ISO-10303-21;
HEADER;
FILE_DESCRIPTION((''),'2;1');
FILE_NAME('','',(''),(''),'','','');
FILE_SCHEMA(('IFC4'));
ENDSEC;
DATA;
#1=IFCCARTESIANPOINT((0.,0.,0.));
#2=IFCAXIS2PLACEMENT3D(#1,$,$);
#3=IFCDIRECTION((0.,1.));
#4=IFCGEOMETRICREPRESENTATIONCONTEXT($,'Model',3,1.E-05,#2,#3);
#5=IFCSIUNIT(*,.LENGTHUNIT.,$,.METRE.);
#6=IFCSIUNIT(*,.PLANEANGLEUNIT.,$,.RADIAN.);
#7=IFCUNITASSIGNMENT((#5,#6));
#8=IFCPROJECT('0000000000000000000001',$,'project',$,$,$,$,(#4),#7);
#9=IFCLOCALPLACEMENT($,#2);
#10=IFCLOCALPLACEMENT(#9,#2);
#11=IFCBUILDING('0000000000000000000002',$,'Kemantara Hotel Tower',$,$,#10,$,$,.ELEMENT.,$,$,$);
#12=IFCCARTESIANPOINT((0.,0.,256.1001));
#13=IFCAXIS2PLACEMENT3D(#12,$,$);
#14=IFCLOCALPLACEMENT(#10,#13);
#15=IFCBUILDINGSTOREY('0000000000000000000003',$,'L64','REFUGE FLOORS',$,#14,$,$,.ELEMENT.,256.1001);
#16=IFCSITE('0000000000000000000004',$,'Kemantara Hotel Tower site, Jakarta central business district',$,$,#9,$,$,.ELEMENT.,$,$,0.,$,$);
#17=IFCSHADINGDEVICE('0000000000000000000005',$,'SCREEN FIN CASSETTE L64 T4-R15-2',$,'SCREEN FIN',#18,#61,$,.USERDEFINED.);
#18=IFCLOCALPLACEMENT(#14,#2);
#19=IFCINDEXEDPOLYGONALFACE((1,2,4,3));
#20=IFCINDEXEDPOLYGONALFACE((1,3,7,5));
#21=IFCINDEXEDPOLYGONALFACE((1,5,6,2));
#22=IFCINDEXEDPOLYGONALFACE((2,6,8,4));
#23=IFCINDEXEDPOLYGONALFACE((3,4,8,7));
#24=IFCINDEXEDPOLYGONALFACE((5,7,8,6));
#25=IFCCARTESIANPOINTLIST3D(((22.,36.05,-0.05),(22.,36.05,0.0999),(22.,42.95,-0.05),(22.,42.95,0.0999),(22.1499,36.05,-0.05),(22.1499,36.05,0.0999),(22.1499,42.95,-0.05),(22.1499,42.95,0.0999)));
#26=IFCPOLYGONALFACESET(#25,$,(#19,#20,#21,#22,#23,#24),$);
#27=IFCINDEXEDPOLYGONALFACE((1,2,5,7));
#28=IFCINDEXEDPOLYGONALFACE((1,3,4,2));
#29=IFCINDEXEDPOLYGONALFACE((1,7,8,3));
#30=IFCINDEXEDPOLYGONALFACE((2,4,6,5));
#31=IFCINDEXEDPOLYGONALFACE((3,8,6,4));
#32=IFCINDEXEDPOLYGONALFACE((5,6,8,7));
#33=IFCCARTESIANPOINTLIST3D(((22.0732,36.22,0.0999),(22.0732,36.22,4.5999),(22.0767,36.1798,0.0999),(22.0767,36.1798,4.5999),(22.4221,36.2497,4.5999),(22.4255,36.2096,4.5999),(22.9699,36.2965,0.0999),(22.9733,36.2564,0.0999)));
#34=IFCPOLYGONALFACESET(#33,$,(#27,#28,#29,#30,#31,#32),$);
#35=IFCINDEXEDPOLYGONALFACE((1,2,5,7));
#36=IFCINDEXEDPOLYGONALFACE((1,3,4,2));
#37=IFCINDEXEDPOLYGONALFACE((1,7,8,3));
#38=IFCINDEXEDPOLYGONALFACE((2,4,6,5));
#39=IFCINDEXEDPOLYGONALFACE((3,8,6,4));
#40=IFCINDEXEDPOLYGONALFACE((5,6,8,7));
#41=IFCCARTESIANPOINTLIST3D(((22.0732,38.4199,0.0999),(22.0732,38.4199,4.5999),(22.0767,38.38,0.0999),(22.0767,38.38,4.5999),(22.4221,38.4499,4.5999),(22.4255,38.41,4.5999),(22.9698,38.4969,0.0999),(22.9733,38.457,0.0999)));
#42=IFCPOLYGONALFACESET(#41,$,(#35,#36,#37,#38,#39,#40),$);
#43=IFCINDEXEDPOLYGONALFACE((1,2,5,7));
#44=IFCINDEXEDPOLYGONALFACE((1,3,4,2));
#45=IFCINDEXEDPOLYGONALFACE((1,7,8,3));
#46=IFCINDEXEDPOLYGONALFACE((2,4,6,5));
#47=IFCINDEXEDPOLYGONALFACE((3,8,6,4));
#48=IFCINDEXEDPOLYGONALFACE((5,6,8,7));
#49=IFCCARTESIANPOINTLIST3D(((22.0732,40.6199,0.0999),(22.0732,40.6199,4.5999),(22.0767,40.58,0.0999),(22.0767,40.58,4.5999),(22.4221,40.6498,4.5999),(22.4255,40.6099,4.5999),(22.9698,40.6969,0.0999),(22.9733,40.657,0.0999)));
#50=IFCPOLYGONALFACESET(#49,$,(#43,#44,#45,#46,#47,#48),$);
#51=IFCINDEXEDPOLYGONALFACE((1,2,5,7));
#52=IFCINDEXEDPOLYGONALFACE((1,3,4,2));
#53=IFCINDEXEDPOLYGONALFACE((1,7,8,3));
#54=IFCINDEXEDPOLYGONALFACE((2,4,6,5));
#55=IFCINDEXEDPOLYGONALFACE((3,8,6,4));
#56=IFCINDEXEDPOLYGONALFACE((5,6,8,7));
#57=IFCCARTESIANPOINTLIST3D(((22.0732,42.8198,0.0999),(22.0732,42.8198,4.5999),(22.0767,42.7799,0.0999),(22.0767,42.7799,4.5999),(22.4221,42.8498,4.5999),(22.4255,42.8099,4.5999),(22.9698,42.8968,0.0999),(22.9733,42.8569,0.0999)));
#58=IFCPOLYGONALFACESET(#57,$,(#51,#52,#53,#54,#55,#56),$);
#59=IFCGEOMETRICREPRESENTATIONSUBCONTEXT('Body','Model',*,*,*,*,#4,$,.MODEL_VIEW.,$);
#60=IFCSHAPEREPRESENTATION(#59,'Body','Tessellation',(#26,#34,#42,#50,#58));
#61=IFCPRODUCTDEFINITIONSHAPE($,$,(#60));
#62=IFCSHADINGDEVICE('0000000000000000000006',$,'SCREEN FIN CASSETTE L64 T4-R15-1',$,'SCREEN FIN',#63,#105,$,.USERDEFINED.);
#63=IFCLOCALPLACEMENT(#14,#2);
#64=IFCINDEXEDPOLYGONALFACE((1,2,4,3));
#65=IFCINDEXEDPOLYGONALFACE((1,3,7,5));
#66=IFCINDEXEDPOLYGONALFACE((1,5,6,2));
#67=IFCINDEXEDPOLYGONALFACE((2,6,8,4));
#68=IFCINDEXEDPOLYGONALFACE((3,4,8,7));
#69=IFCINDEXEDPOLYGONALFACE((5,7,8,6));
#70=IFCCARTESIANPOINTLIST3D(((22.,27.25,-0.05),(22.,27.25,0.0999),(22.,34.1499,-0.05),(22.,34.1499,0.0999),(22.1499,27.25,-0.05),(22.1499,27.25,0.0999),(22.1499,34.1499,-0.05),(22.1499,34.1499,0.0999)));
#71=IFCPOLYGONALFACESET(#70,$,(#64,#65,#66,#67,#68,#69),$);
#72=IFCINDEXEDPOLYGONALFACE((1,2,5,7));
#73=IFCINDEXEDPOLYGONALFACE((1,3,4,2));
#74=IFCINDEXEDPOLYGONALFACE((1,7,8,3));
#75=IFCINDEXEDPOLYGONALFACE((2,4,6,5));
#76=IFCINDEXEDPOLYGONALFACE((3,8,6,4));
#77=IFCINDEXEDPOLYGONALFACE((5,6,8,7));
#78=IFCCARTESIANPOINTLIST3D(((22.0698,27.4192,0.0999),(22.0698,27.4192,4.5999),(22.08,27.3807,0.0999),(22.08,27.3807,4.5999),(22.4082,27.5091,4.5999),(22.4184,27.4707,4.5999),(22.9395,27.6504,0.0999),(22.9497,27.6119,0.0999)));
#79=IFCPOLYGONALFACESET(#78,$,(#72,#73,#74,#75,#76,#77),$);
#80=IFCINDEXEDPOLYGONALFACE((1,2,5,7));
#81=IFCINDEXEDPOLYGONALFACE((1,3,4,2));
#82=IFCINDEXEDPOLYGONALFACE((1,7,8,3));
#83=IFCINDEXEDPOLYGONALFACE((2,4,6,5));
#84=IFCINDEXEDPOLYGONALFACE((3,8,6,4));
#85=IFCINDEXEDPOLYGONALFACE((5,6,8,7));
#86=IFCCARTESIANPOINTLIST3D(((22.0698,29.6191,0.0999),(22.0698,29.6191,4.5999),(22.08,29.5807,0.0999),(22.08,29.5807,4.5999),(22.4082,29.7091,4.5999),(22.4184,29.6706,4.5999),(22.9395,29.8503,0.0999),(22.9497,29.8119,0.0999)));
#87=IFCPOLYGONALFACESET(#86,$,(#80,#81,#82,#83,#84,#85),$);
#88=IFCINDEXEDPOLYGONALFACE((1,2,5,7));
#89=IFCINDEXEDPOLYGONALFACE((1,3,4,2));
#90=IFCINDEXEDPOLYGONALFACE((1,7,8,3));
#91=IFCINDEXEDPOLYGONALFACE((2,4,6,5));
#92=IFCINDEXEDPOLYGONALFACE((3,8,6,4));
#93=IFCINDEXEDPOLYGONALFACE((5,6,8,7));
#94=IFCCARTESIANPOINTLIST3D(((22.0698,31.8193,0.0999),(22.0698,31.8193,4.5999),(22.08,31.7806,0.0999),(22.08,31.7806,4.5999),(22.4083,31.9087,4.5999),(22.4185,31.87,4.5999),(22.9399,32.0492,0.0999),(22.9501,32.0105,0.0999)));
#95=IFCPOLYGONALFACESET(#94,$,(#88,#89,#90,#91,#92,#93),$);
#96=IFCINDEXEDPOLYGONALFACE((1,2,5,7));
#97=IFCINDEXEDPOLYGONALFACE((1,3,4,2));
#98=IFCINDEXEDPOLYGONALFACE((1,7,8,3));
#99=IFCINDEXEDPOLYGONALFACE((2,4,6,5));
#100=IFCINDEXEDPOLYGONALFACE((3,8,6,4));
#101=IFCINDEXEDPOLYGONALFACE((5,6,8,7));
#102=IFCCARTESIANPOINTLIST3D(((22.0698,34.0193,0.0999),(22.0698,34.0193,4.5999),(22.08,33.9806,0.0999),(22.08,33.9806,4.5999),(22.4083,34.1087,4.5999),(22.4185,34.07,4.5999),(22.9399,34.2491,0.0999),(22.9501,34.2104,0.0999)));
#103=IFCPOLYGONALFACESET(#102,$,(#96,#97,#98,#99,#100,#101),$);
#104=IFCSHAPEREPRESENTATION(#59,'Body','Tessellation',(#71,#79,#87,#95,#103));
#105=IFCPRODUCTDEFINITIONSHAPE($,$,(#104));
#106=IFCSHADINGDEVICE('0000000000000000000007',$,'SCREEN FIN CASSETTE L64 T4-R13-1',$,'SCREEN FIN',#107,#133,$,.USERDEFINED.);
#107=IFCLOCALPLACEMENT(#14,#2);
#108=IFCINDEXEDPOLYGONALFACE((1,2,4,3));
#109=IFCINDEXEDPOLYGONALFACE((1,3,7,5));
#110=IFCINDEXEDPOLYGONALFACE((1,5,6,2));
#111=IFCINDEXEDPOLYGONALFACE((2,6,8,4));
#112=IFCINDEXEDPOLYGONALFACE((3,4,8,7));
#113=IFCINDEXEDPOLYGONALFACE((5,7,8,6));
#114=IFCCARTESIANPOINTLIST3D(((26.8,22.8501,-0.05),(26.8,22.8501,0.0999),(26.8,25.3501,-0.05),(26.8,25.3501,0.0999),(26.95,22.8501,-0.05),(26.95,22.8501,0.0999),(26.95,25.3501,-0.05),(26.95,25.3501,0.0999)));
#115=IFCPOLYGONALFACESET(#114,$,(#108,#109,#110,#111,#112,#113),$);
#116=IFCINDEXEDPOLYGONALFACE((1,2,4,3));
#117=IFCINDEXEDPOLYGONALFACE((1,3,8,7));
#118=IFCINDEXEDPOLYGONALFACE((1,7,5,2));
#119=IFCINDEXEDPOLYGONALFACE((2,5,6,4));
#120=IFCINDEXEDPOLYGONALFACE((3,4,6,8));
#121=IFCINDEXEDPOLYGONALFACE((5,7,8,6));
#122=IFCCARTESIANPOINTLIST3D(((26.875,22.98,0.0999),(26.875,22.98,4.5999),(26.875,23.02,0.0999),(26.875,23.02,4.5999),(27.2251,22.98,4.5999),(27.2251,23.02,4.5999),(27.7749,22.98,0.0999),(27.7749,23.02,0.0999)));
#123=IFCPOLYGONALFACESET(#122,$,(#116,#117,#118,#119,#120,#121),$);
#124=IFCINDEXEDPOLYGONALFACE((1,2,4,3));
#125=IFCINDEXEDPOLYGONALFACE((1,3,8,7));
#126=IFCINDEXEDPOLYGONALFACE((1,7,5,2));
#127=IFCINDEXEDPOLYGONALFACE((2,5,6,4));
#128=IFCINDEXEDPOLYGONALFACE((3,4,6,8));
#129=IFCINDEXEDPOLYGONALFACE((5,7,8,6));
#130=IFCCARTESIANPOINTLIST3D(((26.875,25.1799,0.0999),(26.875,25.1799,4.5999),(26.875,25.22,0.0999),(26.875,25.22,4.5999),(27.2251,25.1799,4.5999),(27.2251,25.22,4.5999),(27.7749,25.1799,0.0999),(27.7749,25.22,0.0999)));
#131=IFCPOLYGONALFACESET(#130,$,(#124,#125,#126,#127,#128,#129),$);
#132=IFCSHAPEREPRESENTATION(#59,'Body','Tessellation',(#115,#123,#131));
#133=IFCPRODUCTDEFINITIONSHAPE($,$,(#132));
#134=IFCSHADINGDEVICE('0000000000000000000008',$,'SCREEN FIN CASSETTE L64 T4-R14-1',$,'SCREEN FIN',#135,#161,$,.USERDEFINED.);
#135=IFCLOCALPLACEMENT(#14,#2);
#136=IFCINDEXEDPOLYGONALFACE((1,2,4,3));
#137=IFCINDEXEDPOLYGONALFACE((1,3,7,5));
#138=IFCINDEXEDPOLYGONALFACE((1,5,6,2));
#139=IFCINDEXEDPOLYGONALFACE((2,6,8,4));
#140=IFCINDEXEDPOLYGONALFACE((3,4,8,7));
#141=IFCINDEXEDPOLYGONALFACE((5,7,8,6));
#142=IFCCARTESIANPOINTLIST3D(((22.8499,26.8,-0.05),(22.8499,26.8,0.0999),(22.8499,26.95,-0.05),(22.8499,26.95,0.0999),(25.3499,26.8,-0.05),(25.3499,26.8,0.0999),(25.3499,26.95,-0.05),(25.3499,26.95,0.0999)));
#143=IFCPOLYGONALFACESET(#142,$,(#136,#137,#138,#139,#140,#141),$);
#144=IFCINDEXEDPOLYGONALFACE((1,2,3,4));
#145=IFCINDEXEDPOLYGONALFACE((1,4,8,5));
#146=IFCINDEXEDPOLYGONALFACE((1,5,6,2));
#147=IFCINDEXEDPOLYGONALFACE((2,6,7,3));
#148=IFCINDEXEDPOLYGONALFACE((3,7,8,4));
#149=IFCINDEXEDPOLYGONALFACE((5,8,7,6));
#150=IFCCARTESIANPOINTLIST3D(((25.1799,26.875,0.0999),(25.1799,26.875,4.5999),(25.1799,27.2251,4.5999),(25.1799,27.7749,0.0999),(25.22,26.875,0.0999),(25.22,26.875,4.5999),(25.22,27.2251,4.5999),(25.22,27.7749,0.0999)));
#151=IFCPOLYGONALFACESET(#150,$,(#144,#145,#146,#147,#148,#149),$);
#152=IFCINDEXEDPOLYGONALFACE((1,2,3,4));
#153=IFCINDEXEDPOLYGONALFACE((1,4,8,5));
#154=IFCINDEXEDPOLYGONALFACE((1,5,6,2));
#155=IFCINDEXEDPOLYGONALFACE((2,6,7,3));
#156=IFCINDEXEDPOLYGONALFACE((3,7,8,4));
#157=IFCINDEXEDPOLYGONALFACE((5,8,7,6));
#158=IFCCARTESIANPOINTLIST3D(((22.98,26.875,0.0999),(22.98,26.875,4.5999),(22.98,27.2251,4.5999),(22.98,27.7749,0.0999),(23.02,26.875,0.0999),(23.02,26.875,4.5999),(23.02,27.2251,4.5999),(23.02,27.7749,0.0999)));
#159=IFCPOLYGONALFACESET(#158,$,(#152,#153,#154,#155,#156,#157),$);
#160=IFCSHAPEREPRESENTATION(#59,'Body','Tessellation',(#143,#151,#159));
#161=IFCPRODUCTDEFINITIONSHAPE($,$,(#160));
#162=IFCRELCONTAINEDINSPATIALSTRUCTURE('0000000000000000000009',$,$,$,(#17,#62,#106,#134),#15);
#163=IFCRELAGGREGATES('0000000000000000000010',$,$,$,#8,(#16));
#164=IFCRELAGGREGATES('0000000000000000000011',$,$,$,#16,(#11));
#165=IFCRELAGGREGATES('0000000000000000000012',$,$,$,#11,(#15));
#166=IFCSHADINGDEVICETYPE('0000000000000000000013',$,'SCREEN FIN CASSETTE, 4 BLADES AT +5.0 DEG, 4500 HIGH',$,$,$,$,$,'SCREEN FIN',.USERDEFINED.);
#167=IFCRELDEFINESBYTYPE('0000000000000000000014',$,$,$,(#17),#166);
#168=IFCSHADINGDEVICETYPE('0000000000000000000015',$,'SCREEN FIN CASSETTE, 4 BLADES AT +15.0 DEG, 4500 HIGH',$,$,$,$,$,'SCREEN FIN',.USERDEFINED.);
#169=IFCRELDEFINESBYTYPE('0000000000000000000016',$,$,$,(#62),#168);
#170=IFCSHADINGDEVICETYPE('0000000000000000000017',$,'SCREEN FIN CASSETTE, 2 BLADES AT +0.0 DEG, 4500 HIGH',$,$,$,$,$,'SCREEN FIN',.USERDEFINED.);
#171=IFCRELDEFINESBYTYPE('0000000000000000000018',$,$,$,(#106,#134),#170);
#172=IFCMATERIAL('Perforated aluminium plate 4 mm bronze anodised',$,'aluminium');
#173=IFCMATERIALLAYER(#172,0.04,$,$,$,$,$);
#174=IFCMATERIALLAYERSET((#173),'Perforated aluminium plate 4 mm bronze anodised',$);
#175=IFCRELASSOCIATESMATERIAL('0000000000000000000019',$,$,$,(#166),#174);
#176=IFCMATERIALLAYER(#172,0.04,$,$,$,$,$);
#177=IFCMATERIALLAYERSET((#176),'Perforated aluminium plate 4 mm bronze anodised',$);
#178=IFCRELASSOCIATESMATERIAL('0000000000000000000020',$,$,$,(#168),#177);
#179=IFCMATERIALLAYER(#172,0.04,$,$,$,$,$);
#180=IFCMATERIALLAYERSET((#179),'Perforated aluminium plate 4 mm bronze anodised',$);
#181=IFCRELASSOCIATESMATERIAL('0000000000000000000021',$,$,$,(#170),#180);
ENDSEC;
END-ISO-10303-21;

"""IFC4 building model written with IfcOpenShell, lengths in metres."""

from ifc_helpers import new_model, si_unit, direction, frame, origin, origin_2d, place, context, subcontext, project, spatial, polyline, rectangle, outline, extrude, source, transform, mapped, material, layer, layer_set, type_object, element, save


model = new_model("IFC4")

# Units and contexts
model_context = context("Model", 3, precision=1e-05, world=origin(), true_north=direction((0.0, 1.0)))
body_context = subcontext(model_context, "Body", "Model", "MODEL_VIEW")
ifc_project = project(units=[si_unit("LENGTHUNIT", "METRE"), si_unit("PLANEANGLEUNIT", "RADIAN")], contexts=[model_context])

# Site, building, storey
site_placement = place(None, origin())
site = spatial("IfcSite", under=ifc_project, at=site_placement, Name="Kemantara Hotel Tower site, Jakarta central business district", CompositionType="ELEMENT", RefElevation=0.0)
building_placement = place(site_placement, origin())
building = spatial("IfcBuilding", under=site, at=building_placement, Name="Kemantara Hotel Tower", CompositionType="ELEMENT")
storey_placement = place(building_placement, frame((0.0, 0.0, 256.1001)))
storey = spatial("IfcBuildingStorey", under=building, at=storey_placement, Name="L64", Description="REFUGE FLOORS", CompositionType="ELEMENT", Elevation=256.1001)

# Shading devices
ifc_material_1 = material(Name="Perforated aluminium plate 4 mm bronze anodised", Category="aluminium")
ifc_layer_1 = layer(ifc_material_1, 0.04)
ifc_layer_set_1 = layer_set([ifc_layer_1], Name="Perforated aluminium plate 4 mm bronze anodised")
shading_device_type_1 = type_object("IfcShadingDeviceType", Name="SCREEN FIN CASSETTE, 4 BLADES AT +5.0 DEG, 4500 HIGH", ElementType="SCREEN FIN", PredefinedType="USERDEFINED", material=ifc_layer_set_1)
shared_shape_1 = source(origin(), body_context, "Body", "SweptSolid", [
    extrude(rectangle(XDim=6.8999, YDim=0.1499, at=origin_2d()), frame((3.3, -0.075, -0.1499), z_axis=(0.0, 0.0, 1.0), x_axis=(1.0, 0.0, 0.0)), (0.0, 0.0, 1.0), 0.1499),
    extrude(outline(polyline([(0.0, 0.0), (0.8999, 0.0), (0.3501, 4.5), (0.0, 4.5), (0.0, 0.0)])), frame((0.02, -0.0732, 0.0), z_axis=(-0.996376, -0.085056, 0.0), x_axis=(0.085056, -0.996376, 0.0)), (0.0, 0.0, 1.0), 0.0403),
    extrude(outline(polyline([(0.0, 0.0), (0.8999, 0.0), (0.3501, 4.5), (0.0, 4.5), (0.0, 0.0)])), frame((2.22, -0.0732, 0.0), z_axis=(-0.996332, -0.085575, 0.0), x_axis=(0.085575, -0.996332, 0.0)), (0.0, 0.0, 1.0), 0.04),
    extrude(outline(polyline([(0.0, 0.0), (0.8999, 0.0), (0.3501, 4.5), (0.0, 4.5), (0.0, 0.0)])), frame((4.4199, -0.0732, 0.0), z_axis=(-0.996332, -0.085575, 0.0), x_axis=(0.085575, -0.996332, 0.0)), (0.0, 0.0, 1.0), 0.04),
    extrude(outline(polyline([(0.0, 0.0), (0.8999, 0.0), (0.3501, 4.5), (0.0, 4.5), (0.0, 0.0)])), frame((6.6199, -0.0732, 0.0), z_axis=(-0.996332, -0.085575, 0.0), x_axis=(0.085575, -0.996332, 0.0)), (0.0, 0.0, 1.0), 0.04),
])
shading_device_1_placement = place(storey_placement, frame((22.0, 36.2, 0.0999), z_axis=(0.0, 0.0, 1.0), x_axis=(0.0, 1.0, 0.0)))
element("IfcShadingDevice", 1, at=shading_device_1_placement, inside=storey, type_object=shading_device_type_1, Name="SCREEN FIN CASSETTE L64 T4-R15-2", ObjectType="SCREEN FIN", PredefinedType="USERDEFINED", context=body_context, shape_type="MappedRepresentation", body=[
    mapped(shared_shape_1, transform((0.0, 0.0, 0.0))),
])
ifc_layer_2 = layer(ifc_material_1, 0.04)
ifc_layer_set_2 = layer_set([ifc_layer_2], Name="Perforated aluminium plate 4 mm bronze anodised")
shading_device_type_2 = type_object("IfcShadingDeviceType", Name="SCREEN FIN CASSETTE, 4 BLADES AT +15.0 DEG, 4500 HIGH", ElementType="SCREEN FIN", PredefinedType="USERDEFINED", material=ifc_layer_set_2)
shared_shape_2 = source(origin(), body_context, "Body", "SweptSolid", [
    extrude(rectangle(XDim=6.8999, YDim=0.1499, at=origin_2d()), frame((3.3, -0.075, -0.1499), z_axis=(0.0, 0.0, 1.0), x_axis=(1.0, 0.0, 0.0)), (0.0, 0.0, 1.0), 0.1499),
    extrude(outline(polyline([(0.0, 0.0), (0.8999, 0.0), (0.3501, 4.5), (0.0, 4.5), (0.0, 0.0)])), frame((0.0193, -0.0698, 0.0), z_axis=(-0.966438, -0.256901, 0.0), x_axis=(0.256901, -0.966438, 0.0)), (0.0, 0.0, 1.0), 0.0398),
    extrude(outline(polyline([(0.0, 0.0), (0.8999, 0.0), (0.3501, 4.5), (0.0, 4.5), (0.0, 0.0)])), frame((2.2192, -0.0698, 0.0), z_axis=(-0.966438, -0.256901, 0.0), x_axis=(0.256901, -0.966438, 0.0)), (0.0, 0.0, 1.0), 0.0398),
    extrude(outline(polyline([(0.0, 0.0), (0.8999, 0.0), (0.3501, 4.5), (0.0, 4.5), (0.0, 0.0)])), frame((4.4194, -0.0698, 0.0), z_axis=(-0.966838, -0.255391, 0.0), x_axis=(0.255391, -0.966838, 0.0)), (0.0, 0.0, 1.0), 0.04),
    extrude(outline(polyline([(0.0, 0.0), (0.8999, 0.0), (0.3501, 4.5), (0.0, 4.5), (0.0, 0.0)])), frame((6.6194, -0.0698, 0.0), z_axis=(-0.966838, -0.255391, 0.0), x_axis=(0.255391, -0.966838, 0.0)), (0.0, 0.0, 1.0), 0.04),
])
shading_device_2_placement = place(storey_placement, frame((22.0, 27.3999, 0.0999), z_axis=(0.0, 0.0, 1.0), x_axis=(0.0, 1.0, 0.0)))
element("IfcShadingDevice", 2, at=shading_device_2_placement, inside=storey, type_object=shading_device_type_2, Name="SCREEN FIN CASSETTE L64 T4-R15-1", ObjectType="SCREEN FIN", PredefinedType="USERDEFINED", context=body_context, shape_type="MappedRepresentation", body=[
    mapped(shared_shape_2, transform((0.0, 0.0, 0.0))),
])
ifc_layer_3 = layer(ifc_material_1, 0.04)
ifc_layer_set_3 = layer_set([ifc_layer_3], Name="Perforated aluminium plate 4 mm bronze anodised")
shading_device_type_3 = type_object("IfcShadingDeviceType", Name="SCREEN FIN CASSETTE, 2 BLADES AT +0.0 DEG, 4500 HIGH", ElementType="SCREEN FIN", PredefinedType="USERDEFINED", material=ifc_layer_set_3)
shared_shape_3 = source(origin(), body_context, "Body", "SweptSolid", [
    extrude(rectangle(XDim=2.5, YDim=0.1499, at=origin_2d()), frame((1.1001, -0.075, -0.1499), z_axis=(0.0, 0.0, 1.0), x_axis=(1.0, 0.0, 0.0)), (0.0, 0.0, 1.0), 0.1499),
    extrude(outline(polyline([(0.0, 0.0), (0.8999, 0.0), (0.3501, 4.5), (0.0, 4.5), (0.0, 0.0)])), frame((0.02, -0.075, 0.0), z_axis=(-1.0, 0.0, 0.0), x_axis=(0.0, -1.0, 0.0)), (0.0, 0.0, 1.0), 0.04),
    extrude(outline(polyline([(0.0, 0.0), (0.8999, 0.0), (0.3501, 4.5), (0.0, 4.5), (0.0, 0.0)])), frame((2.22, -0.075, 0.0), z_axis=(-1.0, 0.0, 0.0), x_axis=(0.0, -1.0, 0.0)), (0.0, 0.0, 1.0), 0.04),
])
for number, where, z_axis, x_axis, name in (
    (3, (26.8, 23.0, 0.0999), (0.0, 0.0, 1.0), (0.0, 1.0, 0.0), "SCREEN FIN CASSETTE L64 T4-R13-1"),
    (4, (25.2, 26.8, 0.0999), (0.0, 0.0, 1.0), (-1.0, 0.0, 0.0), "SCREEN FIN CASSETTE L64 T4-R14-1"),
):
    element("IfcShadingDevice", number, at=place(storey_placement, frame(where, z_axis=z_axis, x_axis=x_axis)), inside=storey, type_object=shading_device_type_3, Name=name, ObjectType="SCREEN FIN", PredefinedType="USERDEFINED", context=body_context, shape_type="MappedRepresentation", body=[
        mapped(shared_shape_3, transform((0.0, 0.0, 0.0))),
    ])

save(model, "model.ifc")
